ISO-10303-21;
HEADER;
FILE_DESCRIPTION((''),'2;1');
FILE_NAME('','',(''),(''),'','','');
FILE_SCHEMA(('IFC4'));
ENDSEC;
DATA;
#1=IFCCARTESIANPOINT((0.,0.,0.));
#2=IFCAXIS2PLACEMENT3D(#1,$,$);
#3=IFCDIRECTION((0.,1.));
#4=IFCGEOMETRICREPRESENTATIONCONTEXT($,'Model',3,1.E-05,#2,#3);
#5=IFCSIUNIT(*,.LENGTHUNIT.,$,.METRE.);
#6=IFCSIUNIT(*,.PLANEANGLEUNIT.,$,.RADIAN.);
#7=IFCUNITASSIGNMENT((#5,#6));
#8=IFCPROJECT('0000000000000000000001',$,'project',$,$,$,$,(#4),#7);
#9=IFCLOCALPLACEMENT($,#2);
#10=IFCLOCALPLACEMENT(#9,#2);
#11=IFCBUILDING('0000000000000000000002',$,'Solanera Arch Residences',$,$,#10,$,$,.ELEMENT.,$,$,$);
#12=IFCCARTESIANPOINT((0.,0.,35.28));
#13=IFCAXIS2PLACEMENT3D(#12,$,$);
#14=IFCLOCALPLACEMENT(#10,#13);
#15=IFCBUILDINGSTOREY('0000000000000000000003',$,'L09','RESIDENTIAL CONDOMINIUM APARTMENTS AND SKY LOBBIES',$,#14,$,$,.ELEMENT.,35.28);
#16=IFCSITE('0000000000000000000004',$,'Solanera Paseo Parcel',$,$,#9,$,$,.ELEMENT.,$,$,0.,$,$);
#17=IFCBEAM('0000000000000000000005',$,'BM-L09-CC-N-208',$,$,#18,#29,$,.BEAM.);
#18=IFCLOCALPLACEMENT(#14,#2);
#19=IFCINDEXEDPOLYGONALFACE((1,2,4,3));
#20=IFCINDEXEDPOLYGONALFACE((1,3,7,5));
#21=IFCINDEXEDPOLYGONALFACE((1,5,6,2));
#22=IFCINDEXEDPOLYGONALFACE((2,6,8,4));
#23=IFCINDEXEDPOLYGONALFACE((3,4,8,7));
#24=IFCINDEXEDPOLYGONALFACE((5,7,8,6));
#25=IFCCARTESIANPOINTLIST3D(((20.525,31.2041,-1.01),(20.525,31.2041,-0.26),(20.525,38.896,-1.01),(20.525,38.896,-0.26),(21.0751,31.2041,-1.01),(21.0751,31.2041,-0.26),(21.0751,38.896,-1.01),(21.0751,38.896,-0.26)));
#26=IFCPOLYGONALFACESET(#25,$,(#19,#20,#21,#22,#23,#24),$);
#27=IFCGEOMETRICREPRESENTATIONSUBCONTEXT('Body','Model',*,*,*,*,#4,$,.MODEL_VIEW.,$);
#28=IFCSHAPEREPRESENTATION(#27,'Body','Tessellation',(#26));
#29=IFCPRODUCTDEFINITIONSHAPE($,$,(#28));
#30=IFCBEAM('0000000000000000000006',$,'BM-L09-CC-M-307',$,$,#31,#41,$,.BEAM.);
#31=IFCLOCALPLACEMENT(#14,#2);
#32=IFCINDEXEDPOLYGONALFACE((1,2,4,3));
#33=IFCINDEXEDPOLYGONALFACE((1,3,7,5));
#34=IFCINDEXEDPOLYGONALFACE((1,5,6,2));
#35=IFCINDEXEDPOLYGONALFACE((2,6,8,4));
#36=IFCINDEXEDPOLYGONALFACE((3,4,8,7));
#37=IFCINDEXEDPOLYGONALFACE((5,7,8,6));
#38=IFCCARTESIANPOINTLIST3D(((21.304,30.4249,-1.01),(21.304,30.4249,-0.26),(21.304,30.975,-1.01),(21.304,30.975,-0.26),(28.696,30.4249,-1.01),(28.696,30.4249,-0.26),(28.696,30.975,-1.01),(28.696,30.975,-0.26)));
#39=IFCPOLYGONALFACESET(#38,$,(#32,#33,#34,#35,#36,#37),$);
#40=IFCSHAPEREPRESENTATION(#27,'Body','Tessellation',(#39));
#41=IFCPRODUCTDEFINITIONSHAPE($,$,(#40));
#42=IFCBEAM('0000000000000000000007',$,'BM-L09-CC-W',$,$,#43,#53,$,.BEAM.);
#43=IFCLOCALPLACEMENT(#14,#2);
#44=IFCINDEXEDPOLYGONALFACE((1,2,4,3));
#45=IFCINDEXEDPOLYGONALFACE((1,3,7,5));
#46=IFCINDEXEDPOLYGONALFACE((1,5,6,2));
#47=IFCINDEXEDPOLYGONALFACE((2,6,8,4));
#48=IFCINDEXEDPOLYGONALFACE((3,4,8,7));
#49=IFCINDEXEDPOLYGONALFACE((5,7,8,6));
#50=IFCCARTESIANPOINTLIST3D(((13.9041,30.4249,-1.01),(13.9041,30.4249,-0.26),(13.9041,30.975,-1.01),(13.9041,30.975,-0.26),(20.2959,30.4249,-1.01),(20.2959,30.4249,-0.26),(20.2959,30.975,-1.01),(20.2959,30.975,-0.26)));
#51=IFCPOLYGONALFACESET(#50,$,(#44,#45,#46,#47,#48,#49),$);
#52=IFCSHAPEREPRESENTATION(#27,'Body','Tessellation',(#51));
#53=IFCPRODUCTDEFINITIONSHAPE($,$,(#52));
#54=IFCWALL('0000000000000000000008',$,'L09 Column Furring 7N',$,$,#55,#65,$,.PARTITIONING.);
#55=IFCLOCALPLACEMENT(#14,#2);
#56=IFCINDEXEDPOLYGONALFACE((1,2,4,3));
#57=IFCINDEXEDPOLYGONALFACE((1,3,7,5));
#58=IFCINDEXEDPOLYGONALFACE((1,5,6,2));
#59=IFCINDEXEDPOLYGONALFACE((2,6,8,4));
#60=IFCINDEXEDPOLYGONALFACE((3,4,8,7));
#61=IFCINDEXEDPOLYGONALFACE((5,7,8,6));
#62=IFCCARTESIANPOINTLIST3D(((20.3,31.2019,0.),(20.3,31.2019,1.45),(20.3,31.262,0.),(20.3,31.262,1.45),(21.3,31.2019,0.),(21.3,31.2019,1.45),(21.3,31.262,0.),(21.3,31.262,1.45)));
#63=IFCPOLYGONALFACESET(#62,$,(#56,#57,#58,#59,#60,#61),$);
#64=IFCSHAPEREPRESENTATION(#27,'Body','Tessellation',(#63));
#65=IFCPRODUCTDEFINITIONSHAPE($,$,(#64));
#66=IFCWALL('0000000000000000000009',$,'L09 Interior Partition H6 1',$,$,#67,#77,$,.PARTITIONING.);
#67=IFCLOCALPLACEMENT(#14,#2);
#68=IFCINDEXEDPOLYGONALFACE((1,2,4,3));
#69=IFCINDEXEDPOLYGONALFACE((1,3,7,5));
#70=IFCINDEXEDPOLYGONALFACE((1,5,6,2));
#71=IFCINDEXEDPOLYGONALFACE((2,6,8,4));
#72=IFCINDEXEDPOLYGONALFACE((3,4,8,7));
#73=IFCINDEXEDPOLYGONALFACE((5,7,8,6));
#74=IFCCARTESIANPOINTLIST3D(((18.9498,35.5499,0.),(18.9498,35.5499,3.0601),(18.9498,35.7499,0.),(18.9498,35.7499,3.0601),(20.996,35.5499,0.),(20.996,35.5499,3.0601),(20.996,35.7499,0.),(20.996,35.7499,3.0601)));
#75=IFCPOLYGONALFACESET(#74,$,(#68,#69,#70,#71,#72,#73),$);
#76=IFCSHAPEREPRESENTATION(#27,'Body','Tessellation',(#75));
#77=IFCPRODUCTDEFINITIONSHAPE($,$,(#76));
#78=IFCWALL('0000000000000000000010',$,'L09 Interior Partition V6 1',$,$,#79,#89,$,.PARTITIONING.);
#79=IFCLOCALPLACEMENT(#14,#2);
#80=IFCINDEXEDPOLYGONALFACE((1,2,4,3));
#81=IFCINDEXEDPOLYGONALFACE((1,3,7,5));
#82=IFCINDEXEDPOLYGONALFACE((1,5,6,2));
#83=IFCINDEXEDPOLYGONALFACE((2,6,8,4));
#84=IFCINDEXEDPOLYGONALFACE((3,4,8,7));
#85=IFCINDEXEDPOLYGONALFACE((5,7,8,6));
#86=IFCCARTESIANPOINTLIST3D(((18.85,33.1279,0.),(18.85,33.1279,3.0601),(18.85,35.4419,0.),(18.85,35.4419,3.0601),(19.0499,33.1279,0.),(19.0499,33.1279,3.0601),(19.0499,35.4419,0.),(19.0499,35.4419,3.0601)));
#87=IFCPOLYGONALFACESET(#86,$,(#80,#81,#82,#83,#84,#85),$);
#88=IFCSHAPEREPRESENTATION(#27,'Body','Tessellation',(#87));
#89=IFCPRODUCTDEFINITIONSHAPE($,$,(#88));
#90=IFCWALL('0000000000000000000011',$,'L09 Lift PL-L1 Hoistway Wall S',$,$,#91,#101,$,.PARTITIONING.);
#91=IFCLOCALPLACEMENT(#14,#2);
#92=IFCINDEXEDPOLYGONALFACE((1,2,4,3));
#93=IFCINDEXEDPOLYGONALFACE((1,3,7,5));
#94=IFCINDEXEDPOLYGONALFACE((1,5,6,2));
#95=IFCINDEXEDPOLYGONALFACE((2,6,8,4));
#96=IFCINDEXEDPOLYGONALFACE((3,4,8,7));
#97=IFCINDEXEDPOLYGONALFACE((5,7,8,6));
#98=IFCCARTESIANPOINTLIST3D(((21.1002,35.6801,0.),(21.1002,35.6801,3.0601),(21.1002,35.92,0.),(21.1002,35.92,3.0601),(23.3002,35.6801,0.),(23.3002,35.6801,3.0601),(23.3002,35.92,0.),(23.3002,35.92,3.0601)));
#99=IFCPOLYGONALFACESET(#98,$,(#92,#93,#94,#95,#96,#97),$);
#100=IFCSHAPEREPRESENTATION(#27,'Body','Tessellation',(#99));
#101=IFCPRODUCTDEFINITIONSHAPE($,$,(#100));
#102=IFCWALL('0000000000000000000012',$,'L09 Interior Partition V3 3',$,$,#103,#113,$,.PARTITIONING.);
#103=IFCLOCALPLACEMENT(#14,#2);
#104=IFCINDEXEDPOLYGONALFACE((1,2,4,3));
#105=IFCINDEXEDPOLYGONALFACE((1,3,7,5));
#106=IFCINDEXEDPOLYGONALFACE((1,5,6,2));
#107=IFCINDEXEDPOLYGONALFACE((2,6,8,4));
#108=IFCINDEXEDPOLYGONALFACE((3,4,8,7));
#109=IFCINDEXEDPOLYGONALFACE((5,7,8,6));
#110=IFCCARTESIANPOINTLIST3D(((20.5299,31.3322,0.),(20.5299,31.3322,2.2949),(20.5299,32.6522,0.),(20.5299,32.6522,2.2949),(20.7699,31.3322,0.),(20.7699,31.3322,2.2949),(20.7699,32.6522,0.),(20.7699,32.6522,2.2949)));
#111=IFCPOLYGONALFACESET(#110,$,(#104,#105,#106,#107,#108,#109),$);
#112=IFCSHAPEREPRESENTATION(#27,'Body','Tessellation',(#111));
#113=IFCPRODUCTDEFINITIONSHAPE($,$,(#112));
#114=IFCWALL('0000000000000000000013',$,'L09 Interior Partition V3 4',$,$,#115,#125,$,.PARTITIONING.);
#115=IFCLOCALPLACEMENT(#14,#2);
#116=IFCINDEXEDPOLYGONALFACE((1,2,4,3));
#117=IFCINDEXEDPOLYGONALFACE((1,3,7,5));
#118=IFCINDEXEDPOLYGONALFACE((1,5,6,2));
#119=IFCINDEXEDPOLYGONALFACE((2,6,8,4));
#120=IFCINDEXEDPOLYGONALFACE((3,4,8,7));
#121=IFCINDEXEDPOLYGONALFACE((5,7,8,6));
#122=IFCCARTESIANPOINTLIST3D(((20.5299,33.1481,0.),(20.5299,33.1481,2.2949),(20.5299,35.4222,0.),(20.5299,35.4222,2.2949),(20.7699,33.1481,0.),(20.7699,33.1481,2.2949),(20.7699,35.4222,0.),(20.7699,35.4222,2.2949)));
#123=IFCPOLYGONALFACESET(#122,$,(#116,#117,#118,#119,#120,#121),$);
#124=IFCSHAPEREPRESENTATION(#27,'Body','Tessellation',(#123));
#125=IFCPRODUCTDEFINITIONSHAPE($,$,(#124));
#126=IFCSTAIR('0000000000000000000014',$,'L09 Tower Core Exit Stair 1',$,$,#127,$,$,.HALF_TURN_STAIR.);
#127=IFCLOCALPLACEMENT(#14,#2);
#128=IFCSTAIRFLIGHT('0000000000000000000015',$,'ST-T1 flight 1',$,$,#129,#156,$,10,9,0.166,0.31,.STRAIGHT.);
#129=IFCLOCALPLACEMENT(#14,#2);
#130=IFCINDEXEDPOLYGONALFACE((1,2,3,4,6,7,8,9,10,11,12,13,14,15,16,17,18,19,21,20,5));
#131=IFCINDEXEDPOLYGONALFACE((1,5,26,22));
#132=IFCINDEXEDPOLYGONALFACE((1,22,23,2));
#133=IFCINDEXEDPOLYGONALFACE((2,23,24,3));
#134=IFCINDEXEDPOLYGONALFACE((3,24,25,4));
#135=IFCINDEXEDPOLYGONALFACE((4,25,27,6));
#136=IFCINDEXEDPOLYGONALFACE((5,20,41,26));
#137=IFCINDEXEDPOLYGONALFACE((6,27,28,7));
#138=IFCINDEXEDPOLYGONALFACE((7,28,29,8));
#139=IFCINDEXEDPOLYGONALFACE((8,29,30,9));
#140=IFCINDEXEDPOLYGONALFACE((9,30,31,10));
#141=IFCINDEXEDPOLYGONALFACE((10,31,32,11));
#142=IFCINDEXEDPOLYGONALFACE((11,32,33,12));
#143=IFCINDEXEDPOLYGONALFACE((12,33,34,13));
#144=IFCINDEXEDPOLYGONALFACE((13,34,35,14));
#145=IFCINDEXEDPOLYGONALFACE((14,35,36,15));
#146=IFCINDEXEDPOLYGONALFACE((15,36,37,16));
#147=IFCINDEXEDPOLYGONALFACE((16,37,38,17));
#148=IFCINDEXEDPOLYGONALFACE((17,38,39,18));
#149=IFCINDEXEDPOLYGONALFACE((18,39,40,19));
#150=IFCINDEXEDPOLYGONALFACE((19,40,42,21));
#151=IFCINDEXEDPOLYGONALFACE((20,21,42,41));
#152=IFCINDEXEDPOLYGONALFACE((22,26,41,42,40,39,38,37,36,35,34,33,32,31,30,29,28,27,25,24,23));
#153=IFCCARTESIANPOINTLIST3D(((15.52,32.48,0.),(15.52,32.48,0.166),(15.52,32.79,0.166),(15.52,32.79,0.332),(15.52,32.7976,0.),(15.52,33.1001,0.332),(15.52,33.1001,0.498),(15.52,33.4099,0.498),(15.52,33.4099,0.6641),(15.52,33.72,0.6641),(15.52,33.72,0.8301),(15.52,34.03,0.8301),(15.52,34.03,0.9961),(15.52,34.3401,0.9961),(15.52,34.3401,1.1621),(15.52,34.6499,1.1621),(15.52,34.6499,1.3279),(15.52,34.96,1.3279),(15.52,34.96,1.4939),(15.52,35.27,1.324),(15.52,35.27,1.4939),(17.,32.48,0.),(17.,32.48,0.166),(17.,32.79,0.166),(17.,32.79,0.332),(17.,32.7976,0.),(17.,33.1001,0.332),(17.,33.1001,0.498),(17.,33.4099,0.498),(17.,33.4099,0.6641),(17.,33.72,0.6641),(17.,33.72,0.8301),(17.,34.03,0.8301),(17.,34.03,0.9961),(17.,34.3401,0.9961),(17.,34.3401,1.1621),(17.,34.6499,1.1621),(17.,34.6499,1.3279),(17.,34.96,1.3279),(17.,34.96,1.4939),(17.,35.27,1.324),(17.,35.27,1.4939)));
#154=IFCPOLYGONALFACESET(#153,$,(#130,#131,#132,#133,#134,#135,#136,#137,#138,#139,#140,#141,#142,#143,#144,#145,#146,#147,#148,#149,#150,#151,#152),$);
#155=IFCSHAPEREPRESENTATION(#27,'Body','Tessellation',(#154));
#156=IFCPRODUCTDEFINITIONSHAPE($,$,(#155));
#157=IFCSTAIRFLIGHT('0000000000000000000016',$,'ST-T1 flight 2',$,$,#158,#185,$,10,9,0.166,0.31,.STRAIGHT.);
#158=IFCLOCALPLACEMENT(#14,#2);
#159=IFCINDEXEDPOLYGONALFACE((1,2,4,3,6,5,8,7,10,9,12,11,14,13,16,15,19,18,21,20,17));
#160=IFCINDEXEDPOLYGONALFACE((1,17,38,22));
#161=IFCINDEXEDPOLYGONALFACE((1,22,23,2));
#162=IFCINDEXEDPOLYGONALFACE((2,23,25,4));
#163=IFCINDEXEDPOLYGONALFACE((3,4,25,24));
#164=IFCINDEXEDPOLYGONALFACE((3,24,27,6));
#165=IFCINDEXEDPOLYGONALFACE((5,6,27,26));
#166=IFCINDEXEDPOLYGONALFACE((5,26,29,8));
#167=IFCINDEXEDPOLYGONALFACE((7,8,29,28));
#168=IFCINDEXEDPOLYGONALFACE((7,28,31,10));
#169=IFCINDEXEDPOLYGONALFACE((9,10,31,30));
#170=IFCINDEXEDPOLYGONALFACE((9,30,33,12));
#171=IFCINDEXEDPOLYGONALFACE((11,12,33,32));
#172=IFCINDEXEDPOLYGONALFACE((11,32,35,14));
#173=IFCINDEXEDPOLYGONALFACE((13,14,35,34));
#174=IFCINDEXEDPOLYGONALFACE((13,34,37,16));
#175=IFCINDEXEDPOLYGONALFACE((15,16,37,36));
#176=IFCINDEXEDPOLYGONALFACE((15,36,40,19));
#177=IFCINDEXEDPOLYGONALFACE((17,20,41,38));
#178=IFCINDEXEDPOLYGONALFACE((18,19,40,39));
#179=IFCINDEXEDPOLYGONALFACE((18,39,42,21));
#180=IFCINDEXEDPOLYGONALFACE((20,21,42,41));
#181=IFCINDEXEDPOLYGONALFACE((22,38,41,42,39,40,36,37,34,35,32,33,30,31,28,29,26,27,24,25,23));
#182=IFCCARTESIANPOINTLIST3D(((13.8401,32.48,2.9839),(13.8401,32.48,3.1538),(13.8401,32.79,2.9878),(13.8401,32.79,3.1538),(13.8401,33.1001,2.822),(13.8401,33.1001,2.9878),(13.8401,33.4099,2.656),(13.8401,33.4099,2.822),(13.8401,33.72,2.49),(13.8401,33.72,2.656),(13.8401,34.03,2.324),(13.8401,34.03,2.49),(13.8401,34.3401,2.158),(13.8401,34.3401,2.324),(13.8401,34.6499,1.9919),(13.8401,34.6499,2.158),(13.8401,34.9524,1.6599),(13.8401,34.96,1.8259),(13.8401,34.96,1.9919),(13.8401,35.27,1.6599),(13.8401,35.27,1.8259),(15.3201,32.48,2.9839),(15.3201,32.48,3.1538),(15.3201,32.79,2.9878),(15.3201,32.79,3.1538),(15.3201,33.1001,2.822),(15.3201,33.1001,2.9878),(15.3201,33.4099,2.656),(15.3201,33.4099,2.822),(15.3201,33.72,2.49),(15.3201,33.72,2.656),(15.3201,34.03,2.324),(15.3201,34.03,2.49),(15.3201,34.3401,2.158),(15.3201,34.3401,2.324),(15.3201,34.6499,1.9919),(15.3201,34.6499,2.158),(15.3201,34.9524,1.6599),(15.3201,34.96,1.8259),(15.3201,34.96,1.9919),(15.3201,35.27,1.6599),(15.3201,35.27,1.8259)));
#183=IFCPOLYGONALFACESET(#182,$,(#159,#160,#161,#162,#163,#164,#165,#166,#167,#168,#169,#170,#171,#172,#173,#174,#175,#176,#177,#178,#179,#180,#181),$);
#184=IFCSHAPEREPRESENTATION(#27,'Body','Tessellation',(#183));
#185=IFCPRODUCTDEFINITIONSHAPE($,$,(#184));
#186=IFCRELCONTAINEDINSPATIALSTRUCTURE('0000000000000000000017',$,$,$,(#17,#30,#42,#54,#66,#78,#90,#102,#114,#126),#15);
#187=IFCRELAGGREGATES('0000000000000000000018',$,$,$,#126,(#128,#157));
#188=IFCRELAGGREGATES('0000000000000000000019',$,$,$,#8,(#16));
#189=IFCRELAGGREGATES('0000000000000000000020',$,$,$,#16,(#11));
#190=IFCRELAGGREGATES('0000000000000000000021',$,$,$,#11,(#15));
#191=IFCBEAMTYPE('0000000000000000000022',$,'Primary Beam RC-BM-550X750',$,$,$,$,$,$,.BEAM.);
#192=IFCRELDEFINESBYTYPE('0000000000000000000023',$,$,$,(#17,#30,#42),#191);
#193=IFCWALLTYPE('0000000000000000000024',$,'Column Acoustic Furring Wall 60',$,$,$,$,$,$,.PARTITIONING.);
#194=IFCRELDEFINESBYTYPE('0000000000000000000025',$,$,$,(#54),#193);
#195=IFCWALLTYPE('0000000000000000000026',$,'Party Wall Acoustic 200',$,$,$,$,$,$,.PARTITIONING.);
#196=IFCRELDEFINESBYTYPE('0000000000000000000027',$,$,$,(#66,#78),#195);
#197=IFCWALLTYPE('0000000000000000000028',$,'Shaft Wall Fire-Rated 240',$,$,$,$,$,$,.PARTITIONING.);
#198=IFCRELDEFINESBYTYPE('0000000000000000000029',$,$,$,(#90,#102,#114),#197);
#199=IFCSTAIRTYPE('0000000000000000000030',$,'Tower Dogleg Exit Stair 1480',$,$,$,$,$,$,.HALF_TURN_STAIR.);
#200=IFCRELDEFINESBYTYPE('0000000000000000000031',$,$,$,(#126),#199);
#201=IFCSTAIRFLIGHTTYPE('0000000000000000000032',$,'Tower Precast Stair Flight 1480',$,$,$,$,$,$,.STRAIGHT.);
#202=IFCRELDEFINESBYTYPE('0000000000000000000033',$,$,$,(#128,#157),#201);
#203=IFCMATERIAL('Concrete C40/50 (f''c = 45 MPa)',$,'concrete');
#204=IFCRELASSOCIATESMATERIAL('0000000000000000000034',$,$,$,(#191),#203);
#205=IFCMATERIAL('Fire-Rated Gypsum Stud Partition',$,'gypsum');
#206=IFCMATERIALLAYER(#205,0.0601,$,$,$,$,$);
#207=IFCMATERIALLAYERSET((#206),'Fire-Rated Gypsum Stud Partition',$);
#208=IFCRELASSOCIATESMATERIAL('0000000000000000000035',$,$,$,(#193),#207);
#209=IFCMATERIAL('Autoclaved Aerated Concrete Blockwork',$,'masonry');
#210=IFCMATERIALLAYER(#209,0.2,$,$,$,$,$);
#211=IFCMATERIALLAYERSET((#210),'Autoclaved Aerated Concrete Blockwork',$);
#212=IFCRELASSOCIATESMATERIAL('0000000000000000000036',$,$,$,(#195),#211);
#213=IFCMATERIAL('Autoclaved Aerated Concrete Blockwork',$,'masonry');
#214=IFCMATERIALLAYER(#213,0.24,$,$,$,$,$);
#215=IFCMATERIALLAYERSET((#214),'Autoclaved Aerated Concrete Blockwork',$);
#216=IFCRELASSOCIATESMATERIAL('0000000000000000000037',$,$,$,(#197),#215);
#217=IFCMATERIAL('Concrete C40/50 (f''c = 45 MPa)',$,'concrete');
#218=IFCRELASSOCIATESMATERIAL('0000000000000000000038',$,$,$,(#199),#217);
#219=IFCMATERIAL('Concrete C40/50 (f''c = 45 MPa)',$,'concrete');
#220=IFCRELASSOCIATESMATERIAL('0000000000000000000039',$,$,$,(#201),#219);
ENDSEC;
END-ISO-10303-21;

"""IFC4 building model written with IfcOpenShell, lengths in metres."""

from ifc_helpers import new_model, si_unit, direction, frame, frame_2d, origin, origin_2d, place, context, subcontext, project, spatial, polyline, rectangle, outline, extrude, material, layer, layer_set, material_profile, profile_set, type_object, element, aggregate, save


model = new_model("IFC4")

# Units and contexts
model_context = context("Model", 3, precision=1e-05, world=origin(), true_north=direction((0.0, 1.0)))
body_context = subcontext(model_context, "Body", "Model", "MODEL_VIEW")
ifc_project = project(units=[si_unit("LENGTHUNIT", "METRE"), si_unit("PLANEANGLEUNIT", "RADIAN")], contexts=[model_context])

# Site, building, storey
site_placement = place(None, origin())
site = spatial("IfcSite", under=ifc_project, at=site_placement, Name="Solanera Paseo Parcel", CompositionType="ELEMENT", RefElevation=0.0)
building_placement = place(site_placement, origin())
building = spatial("IfcBuilding", under=site, at=building_placement, Name="Solanera Arch Residences", CompositionType="ELEMENT")
storey_placement = place(building_placement, frame((0.0, 0.0, 35.28)))
storey = spatial("IfcBuildingStorey", under=building, at=storey_placement, Name="L09", Description="RESIDENTIAL CONDOMINIUM APARTMENTS AND SKY LOBBIES", CompositionType="ELEMENT", Elevation=35.28)

# Beams
ifc_material_1 = material(Name="Concrete C40/50 (f'c = 45 MPa)", Category="concrete")
ifc_material_profile = material_profile(ifc_material_1, rectangle(XDim=0.55, YDim=0.75, at=origin_2d()))
ifc_profile_set = profile_set([ifc_material_profile], Name="Concrete C40/50 (f'c = 45 MPa)")
beam_type = type_object("IfcBeamType", Name="Primary Beam RC-BM-550X750", PredefinedType="BEAM", material=ifc_profile_set)
beam_1_placement = place(storey_placement, frame((20.8, 31.2041, -0.635), z_axis=(0.0, 1.0, 0.0), x_axis=(-1.0, 0.0, 0.0)))
element("IfcBeam", 1, at=beam_1_placement, inside=storey, type_object=beam_type, Name="BM-L09-CC-N-208", PredefinedType="BEAM", context=body_context, shape_type="SweptSolid", body=[
    extrude(rectangle(XDim=0.55, YDim=0.75, at=origin_2d()), origin(), (0.0, 0.0, 1.0), 7.6919),
])
beam_2_placement = place(storey_placement, frame((21.304, 30.7, -0.635), z_axis=(1.0, 0.0, 0.0), x_axis=(0.0, 1.0, 0.0)))
element("IfcBeam", 2, at=beam_2_placement, inside=storey, type_object=beam_type, Name="BM-L09-CC-M-307", PredefinedType="BEAM", context=body_context, shape_type="SweptSolid", body=[
    extrude(rectangle(XDim=0.55, YDim=0.75, at=origin_2d()), origin(), (0.0, 0.0, 1.0), 7.3921),
])
beam_3_placement = place(storey_placement, frame((13.9041, 30.7, -0.635), z_axis=(1.0, 0.0, 0.0), x_axis=(0.0, 1.0, 0.0)))
element("IfcBeam", 3, at=beam_3_placement, inside=storey, type_object=beam_type, Name="BM-L09-CC-W", PredefinedType="BEAM", context=body_context, shape_type="SweptSolid", body=[
    extrude(rectangle(XDim=0.55, YDim=0.75, at=origin_2d()), origin(), (0.0, 0.0, 1.0), 6.3918),
])

# Wall
ifc_material_2 = material(Name="Fire-Rated Gypsum Stud Partition", Category="gypsum")
ifc_layer_1 = layer(ifc_material_2, 0.0601)
ifc_layer_set_1 = layer_set([ifc_layer_1], Name="Fire-Rated Gypsum Stud Partition")
wall_type_1 = type_object("IfcWallType", Name="Column Acoustic Furring Wall 60", PredefinedType="PARTITIONING", material=ifc_layer_set_1)
wall_1_placement = place(storey_placement, frame((20.3, 31.2319, 0.0), z_axis=(0.0, 0.0, 1.0), x_axis=(1.0, 0.0, 0.0)))
element("IfcWall", 4, at=wall_1_placement, inside=storey, type_object=wall_type_1, Name="L09 Column Furring 7N", PredefinedType="PARTITIONING", context=body_context, shape_type="SweptSolid", body=[
    extrude(rectangle(XDim=1.0, YDim=0.0601, at=frame_2d((0.5, 0.0))), origin(), (0.0, 0.0, 1.0), 1.45),
])

# Walls
ifc_material_3 = material(Name="Autoclaved Aerated Concrete Blockwork", Category="masonry")
ifc_layer_2 = layer(ifc_material_3, 0.2)
ifc_layer_set_2 = layer_set([ifc_layer_2], Name="Autoclaved Aerated Concrete Blockwork")
wall_type_2 = type_object("IfcWallType", Name="Party Wall Acoustic 200", PredefinedType="PARTITIONING", material=ifc_layer_set_2)
wall_2_placement = place(storey_placement, frame((18.95, 35.6499, 0.0), z_axis=(0.0, 0.0, 1.0), x_axis=(1.0, 0.0, 0.0)))
element("IfcWall", 5, at=wall_2_placement, inside=storey, type_object=wall_type_2, Name="L09 Interior Partition H6 1", PredefinedType="PARTITIONING", context=body_context, shape_type="SweptSolid", body=[
    extrude(rectangle(XDim=2.0461, YDim=0.2, at=frame_2d((1.0229, 0.0))), origin(), (0.0, 0.0, 1.0), 3.0601),
])
wall_3_placement = place(storey_placement, frame((18.95, 33.1279, 0.0), z_axis=(0.0, 0.0, 1.0), x_axis=(0.0, 1.0, 0.0)))
element("IfcWall", 6, at=wall_3_placement, inside=storey, type_object=wall_type_2, Name="L09 Interior Partition V6 1", PredefinedType="PARTITIONING", context=body_context, shape_type="SweptSolid", body=[
    extrude(rectangle(XDim=2.314, YDim=0.2, at=frame_2d((1.157, 0.0))), origin(), (0.0, 0.0, 1.0), 3.0601),
])
ifc_material_4 = material(Name="Autoclaved Aerated Concrete Blockwork", Category="masonry")
ifc_layer_3 = layer(ifc_material_4, 0.24)
ifc_layer_set_3 = layer_set([ifc_layer_3], Name="Autoclaved Aerated Concrete Blockwork")
wall_type_3 = type_object("IfcWallType", Name="Shaft Wall Fire-Rated 240", PredefinedType="PARTITIONING", material=ifc_layer_set_3)
wall_4_placement = place(storey_placement, frame((21.1001, 35.8, 0.0), z_axis=(0.0, 0.0, 1.0), x_axis=(1.0, 0.0, 0.0)))
element("IfcWall", 7, at=wall_4_placement, inside=storey, type_object=wall_type_3, Name="L09 Lift PL-L1 Hoistway Wall S", PredefinedType="PARTITIONING", context=body_context, shape_type="SweptSolid", body=[
    extrude(rectangle(XDim=2.2, YDim=0.24, at=frame_2d((1.1001, 0.0))), origin(), (0.0, 0.0, 1.0), 3.0601),
])

# Walls
wall_5_placement = place(storey_placement, frame((20.6499, 31.332, 0.0), z_axis=(0.0, 0.0, 1.0), x_axis=(0.0, 1.0, 0.0)))
element("IfcWall", 8, at=wall_5_placement, inside=storey, type_object=wall_type_3, Name="L09 Interior Partition V3 3", PredefinedType="PARTITIONING", context=body_context, shape_type="SweptSolid", body=[
    extrude(rectangle(XDim=1.3201, YDim=0.24, at=frame_2d((0.6602, 0.0))), origin(), (0.0, 0.0, 1.0), 2.2949),
])
wall_6_placement = place(storey_placement, frame((20.6499, 33.1479, 0.0), z_axis=(0.0, 0.0, 1.0), x_axis=(0.0, 1.0, 0.0)))
element("IfcWall", 9, at=wall_6_placement, inside=storey, type_object=wall_type_3, Name="L09 Interior Partition V3 4", PredefinedType="PARTITIONING", context=body_context, shape_type="SweptSolid", body=[
    extrude(rectangle(XDim=2.2742, YDim=0.24, at=frame_2d((1.1372, 0.0))), origin(), (0.0, 0.0, 1.0), 2.2949),
])

# Stair, stair flights
ifc_material_5 = material(Name="Concrete C40/50 (f'c = 45 MPa)", Category="concrete")
stair_type = type_object("IfcStairType", Name="Tower Dogleg Exit Stair 1480", PredefinedType="HALF_TURN_STAIR", material=ifc_material_5)
stair_placement = place(storey_placement, origin())
stair = element("IfcStair", 10, at=stair_placement, inside=storey, type_object=stair_type, Name="L09 Tower Core Exit Stair 1", PredefinedType="HALF_TURN_STAIR")
ifc_material_6 = material(Name="Concrete C40/50 (f'c = 45 MPa)", Category="concrete")
stair_flight_type = type_object("IfcStairFlightType", Name="Tower Precast Stair Flight 1480", PredefinedType="STRAIGHT", material=ifc_material_6)
stair_flight_1_placement = place(storey_placement, frame((16.26, 32.48, 0.0), z_axis=(0.0, 0.0, 1.0), x_axis=(0.0, 1.0, 0.0)))
stair_flight_1 = element("IfcStairFlight", 11, at=stair_flight_1_placement, type_object=stair_flight_type, Name="ST-T1 flight 1", NumberOfRisers=10, NumberOfTreads=9, PredefinedType="STRAIGHT", RiserHeight=0.166, TreadLength=0.31, context=body_context, shape_type="SweptSolid", body=[
    extrude(outline(polyline([(0.0, 0.0), (0.0, 0.166), (0.3101, 0.166), (0.3101, 0.332), (0.6201, 0.332), (0.6201, 0.498), (0.9299, 0.498), (0.9299, 0.6641), (1.24, 0.6641), (1.24, 0.8301), (1.55, 0.8301), (1.55, 0.9961), (1.8601, 0.9961), (1.8601, 1.1621), (2.1699, 1.1621), (2.1699, 1.3279), (2.48, 1.3279), (2.48, 1.4939), (2.79, 1.4939), (2.79, 1.6599), (2.79, 1.324), (0.3176, 0.0), (0.0, 0.0)])), frame((0.0, 0.74, 0.0), z_axis=(0.0, -1.0, 0.0), x_axis=(1.0, 0.0, 0.0)), (0.0, 0.0, 1.0), 1.48),
])
stair_flight_2_placement = place(storey_placement, frame((14.5801, 35.27, 1.6599), z_axis=(0.0, 0.0, 1.0), x_axis=(0.0, -1.0, 0.0)))
stair_flight_2 = element("IfcStairFlight", 12, at=stair_flight_2_placement, type_object=stair_flight_type, Name="ST-T1 flight 2", NumberOfRisers=10, NumberOfTreads=9, PredefinedType="STRAIGHT", RiserHeight=0.166, TreadLength=0.31, context=body_context, shape_type="SweptSolid", body=[
    extrude(outline(polyline([(0.0, 0.0), (0.0, 0.166), (0.3101, 0.166), (0.3101, 0.332), (0.6201, 0.332), (0.6201, 0.498), (0.9299, 0.498), (0.9299, 0.6641), (1.24, 0.6641), (1.24, 0.8301), (1.55, 0.8301), (1.55, 0.9961), (1.8601, 0.9961), (1.8601, 1.1621), (2.1699, 1.1621), (2.1699, 1.3279), (2.48, 1.3279), (2.48, 1.4939), (2.79, 1.4939), (2.79, 1.6599), (2.79, 1.324), (0.3176, 0.0), (0.0, 0.0)])), frame((0.0, 0.74, 0.0), z_axis=(0.0, -1.0, 0.0), x_axis=(1.0, 0.0, 0.0)), (0.0, 0.0, 1.0), 1.48),
])
aggregate(stair, [stair_flight_1, stair_flight_2])

save(model, "model.ifc")
